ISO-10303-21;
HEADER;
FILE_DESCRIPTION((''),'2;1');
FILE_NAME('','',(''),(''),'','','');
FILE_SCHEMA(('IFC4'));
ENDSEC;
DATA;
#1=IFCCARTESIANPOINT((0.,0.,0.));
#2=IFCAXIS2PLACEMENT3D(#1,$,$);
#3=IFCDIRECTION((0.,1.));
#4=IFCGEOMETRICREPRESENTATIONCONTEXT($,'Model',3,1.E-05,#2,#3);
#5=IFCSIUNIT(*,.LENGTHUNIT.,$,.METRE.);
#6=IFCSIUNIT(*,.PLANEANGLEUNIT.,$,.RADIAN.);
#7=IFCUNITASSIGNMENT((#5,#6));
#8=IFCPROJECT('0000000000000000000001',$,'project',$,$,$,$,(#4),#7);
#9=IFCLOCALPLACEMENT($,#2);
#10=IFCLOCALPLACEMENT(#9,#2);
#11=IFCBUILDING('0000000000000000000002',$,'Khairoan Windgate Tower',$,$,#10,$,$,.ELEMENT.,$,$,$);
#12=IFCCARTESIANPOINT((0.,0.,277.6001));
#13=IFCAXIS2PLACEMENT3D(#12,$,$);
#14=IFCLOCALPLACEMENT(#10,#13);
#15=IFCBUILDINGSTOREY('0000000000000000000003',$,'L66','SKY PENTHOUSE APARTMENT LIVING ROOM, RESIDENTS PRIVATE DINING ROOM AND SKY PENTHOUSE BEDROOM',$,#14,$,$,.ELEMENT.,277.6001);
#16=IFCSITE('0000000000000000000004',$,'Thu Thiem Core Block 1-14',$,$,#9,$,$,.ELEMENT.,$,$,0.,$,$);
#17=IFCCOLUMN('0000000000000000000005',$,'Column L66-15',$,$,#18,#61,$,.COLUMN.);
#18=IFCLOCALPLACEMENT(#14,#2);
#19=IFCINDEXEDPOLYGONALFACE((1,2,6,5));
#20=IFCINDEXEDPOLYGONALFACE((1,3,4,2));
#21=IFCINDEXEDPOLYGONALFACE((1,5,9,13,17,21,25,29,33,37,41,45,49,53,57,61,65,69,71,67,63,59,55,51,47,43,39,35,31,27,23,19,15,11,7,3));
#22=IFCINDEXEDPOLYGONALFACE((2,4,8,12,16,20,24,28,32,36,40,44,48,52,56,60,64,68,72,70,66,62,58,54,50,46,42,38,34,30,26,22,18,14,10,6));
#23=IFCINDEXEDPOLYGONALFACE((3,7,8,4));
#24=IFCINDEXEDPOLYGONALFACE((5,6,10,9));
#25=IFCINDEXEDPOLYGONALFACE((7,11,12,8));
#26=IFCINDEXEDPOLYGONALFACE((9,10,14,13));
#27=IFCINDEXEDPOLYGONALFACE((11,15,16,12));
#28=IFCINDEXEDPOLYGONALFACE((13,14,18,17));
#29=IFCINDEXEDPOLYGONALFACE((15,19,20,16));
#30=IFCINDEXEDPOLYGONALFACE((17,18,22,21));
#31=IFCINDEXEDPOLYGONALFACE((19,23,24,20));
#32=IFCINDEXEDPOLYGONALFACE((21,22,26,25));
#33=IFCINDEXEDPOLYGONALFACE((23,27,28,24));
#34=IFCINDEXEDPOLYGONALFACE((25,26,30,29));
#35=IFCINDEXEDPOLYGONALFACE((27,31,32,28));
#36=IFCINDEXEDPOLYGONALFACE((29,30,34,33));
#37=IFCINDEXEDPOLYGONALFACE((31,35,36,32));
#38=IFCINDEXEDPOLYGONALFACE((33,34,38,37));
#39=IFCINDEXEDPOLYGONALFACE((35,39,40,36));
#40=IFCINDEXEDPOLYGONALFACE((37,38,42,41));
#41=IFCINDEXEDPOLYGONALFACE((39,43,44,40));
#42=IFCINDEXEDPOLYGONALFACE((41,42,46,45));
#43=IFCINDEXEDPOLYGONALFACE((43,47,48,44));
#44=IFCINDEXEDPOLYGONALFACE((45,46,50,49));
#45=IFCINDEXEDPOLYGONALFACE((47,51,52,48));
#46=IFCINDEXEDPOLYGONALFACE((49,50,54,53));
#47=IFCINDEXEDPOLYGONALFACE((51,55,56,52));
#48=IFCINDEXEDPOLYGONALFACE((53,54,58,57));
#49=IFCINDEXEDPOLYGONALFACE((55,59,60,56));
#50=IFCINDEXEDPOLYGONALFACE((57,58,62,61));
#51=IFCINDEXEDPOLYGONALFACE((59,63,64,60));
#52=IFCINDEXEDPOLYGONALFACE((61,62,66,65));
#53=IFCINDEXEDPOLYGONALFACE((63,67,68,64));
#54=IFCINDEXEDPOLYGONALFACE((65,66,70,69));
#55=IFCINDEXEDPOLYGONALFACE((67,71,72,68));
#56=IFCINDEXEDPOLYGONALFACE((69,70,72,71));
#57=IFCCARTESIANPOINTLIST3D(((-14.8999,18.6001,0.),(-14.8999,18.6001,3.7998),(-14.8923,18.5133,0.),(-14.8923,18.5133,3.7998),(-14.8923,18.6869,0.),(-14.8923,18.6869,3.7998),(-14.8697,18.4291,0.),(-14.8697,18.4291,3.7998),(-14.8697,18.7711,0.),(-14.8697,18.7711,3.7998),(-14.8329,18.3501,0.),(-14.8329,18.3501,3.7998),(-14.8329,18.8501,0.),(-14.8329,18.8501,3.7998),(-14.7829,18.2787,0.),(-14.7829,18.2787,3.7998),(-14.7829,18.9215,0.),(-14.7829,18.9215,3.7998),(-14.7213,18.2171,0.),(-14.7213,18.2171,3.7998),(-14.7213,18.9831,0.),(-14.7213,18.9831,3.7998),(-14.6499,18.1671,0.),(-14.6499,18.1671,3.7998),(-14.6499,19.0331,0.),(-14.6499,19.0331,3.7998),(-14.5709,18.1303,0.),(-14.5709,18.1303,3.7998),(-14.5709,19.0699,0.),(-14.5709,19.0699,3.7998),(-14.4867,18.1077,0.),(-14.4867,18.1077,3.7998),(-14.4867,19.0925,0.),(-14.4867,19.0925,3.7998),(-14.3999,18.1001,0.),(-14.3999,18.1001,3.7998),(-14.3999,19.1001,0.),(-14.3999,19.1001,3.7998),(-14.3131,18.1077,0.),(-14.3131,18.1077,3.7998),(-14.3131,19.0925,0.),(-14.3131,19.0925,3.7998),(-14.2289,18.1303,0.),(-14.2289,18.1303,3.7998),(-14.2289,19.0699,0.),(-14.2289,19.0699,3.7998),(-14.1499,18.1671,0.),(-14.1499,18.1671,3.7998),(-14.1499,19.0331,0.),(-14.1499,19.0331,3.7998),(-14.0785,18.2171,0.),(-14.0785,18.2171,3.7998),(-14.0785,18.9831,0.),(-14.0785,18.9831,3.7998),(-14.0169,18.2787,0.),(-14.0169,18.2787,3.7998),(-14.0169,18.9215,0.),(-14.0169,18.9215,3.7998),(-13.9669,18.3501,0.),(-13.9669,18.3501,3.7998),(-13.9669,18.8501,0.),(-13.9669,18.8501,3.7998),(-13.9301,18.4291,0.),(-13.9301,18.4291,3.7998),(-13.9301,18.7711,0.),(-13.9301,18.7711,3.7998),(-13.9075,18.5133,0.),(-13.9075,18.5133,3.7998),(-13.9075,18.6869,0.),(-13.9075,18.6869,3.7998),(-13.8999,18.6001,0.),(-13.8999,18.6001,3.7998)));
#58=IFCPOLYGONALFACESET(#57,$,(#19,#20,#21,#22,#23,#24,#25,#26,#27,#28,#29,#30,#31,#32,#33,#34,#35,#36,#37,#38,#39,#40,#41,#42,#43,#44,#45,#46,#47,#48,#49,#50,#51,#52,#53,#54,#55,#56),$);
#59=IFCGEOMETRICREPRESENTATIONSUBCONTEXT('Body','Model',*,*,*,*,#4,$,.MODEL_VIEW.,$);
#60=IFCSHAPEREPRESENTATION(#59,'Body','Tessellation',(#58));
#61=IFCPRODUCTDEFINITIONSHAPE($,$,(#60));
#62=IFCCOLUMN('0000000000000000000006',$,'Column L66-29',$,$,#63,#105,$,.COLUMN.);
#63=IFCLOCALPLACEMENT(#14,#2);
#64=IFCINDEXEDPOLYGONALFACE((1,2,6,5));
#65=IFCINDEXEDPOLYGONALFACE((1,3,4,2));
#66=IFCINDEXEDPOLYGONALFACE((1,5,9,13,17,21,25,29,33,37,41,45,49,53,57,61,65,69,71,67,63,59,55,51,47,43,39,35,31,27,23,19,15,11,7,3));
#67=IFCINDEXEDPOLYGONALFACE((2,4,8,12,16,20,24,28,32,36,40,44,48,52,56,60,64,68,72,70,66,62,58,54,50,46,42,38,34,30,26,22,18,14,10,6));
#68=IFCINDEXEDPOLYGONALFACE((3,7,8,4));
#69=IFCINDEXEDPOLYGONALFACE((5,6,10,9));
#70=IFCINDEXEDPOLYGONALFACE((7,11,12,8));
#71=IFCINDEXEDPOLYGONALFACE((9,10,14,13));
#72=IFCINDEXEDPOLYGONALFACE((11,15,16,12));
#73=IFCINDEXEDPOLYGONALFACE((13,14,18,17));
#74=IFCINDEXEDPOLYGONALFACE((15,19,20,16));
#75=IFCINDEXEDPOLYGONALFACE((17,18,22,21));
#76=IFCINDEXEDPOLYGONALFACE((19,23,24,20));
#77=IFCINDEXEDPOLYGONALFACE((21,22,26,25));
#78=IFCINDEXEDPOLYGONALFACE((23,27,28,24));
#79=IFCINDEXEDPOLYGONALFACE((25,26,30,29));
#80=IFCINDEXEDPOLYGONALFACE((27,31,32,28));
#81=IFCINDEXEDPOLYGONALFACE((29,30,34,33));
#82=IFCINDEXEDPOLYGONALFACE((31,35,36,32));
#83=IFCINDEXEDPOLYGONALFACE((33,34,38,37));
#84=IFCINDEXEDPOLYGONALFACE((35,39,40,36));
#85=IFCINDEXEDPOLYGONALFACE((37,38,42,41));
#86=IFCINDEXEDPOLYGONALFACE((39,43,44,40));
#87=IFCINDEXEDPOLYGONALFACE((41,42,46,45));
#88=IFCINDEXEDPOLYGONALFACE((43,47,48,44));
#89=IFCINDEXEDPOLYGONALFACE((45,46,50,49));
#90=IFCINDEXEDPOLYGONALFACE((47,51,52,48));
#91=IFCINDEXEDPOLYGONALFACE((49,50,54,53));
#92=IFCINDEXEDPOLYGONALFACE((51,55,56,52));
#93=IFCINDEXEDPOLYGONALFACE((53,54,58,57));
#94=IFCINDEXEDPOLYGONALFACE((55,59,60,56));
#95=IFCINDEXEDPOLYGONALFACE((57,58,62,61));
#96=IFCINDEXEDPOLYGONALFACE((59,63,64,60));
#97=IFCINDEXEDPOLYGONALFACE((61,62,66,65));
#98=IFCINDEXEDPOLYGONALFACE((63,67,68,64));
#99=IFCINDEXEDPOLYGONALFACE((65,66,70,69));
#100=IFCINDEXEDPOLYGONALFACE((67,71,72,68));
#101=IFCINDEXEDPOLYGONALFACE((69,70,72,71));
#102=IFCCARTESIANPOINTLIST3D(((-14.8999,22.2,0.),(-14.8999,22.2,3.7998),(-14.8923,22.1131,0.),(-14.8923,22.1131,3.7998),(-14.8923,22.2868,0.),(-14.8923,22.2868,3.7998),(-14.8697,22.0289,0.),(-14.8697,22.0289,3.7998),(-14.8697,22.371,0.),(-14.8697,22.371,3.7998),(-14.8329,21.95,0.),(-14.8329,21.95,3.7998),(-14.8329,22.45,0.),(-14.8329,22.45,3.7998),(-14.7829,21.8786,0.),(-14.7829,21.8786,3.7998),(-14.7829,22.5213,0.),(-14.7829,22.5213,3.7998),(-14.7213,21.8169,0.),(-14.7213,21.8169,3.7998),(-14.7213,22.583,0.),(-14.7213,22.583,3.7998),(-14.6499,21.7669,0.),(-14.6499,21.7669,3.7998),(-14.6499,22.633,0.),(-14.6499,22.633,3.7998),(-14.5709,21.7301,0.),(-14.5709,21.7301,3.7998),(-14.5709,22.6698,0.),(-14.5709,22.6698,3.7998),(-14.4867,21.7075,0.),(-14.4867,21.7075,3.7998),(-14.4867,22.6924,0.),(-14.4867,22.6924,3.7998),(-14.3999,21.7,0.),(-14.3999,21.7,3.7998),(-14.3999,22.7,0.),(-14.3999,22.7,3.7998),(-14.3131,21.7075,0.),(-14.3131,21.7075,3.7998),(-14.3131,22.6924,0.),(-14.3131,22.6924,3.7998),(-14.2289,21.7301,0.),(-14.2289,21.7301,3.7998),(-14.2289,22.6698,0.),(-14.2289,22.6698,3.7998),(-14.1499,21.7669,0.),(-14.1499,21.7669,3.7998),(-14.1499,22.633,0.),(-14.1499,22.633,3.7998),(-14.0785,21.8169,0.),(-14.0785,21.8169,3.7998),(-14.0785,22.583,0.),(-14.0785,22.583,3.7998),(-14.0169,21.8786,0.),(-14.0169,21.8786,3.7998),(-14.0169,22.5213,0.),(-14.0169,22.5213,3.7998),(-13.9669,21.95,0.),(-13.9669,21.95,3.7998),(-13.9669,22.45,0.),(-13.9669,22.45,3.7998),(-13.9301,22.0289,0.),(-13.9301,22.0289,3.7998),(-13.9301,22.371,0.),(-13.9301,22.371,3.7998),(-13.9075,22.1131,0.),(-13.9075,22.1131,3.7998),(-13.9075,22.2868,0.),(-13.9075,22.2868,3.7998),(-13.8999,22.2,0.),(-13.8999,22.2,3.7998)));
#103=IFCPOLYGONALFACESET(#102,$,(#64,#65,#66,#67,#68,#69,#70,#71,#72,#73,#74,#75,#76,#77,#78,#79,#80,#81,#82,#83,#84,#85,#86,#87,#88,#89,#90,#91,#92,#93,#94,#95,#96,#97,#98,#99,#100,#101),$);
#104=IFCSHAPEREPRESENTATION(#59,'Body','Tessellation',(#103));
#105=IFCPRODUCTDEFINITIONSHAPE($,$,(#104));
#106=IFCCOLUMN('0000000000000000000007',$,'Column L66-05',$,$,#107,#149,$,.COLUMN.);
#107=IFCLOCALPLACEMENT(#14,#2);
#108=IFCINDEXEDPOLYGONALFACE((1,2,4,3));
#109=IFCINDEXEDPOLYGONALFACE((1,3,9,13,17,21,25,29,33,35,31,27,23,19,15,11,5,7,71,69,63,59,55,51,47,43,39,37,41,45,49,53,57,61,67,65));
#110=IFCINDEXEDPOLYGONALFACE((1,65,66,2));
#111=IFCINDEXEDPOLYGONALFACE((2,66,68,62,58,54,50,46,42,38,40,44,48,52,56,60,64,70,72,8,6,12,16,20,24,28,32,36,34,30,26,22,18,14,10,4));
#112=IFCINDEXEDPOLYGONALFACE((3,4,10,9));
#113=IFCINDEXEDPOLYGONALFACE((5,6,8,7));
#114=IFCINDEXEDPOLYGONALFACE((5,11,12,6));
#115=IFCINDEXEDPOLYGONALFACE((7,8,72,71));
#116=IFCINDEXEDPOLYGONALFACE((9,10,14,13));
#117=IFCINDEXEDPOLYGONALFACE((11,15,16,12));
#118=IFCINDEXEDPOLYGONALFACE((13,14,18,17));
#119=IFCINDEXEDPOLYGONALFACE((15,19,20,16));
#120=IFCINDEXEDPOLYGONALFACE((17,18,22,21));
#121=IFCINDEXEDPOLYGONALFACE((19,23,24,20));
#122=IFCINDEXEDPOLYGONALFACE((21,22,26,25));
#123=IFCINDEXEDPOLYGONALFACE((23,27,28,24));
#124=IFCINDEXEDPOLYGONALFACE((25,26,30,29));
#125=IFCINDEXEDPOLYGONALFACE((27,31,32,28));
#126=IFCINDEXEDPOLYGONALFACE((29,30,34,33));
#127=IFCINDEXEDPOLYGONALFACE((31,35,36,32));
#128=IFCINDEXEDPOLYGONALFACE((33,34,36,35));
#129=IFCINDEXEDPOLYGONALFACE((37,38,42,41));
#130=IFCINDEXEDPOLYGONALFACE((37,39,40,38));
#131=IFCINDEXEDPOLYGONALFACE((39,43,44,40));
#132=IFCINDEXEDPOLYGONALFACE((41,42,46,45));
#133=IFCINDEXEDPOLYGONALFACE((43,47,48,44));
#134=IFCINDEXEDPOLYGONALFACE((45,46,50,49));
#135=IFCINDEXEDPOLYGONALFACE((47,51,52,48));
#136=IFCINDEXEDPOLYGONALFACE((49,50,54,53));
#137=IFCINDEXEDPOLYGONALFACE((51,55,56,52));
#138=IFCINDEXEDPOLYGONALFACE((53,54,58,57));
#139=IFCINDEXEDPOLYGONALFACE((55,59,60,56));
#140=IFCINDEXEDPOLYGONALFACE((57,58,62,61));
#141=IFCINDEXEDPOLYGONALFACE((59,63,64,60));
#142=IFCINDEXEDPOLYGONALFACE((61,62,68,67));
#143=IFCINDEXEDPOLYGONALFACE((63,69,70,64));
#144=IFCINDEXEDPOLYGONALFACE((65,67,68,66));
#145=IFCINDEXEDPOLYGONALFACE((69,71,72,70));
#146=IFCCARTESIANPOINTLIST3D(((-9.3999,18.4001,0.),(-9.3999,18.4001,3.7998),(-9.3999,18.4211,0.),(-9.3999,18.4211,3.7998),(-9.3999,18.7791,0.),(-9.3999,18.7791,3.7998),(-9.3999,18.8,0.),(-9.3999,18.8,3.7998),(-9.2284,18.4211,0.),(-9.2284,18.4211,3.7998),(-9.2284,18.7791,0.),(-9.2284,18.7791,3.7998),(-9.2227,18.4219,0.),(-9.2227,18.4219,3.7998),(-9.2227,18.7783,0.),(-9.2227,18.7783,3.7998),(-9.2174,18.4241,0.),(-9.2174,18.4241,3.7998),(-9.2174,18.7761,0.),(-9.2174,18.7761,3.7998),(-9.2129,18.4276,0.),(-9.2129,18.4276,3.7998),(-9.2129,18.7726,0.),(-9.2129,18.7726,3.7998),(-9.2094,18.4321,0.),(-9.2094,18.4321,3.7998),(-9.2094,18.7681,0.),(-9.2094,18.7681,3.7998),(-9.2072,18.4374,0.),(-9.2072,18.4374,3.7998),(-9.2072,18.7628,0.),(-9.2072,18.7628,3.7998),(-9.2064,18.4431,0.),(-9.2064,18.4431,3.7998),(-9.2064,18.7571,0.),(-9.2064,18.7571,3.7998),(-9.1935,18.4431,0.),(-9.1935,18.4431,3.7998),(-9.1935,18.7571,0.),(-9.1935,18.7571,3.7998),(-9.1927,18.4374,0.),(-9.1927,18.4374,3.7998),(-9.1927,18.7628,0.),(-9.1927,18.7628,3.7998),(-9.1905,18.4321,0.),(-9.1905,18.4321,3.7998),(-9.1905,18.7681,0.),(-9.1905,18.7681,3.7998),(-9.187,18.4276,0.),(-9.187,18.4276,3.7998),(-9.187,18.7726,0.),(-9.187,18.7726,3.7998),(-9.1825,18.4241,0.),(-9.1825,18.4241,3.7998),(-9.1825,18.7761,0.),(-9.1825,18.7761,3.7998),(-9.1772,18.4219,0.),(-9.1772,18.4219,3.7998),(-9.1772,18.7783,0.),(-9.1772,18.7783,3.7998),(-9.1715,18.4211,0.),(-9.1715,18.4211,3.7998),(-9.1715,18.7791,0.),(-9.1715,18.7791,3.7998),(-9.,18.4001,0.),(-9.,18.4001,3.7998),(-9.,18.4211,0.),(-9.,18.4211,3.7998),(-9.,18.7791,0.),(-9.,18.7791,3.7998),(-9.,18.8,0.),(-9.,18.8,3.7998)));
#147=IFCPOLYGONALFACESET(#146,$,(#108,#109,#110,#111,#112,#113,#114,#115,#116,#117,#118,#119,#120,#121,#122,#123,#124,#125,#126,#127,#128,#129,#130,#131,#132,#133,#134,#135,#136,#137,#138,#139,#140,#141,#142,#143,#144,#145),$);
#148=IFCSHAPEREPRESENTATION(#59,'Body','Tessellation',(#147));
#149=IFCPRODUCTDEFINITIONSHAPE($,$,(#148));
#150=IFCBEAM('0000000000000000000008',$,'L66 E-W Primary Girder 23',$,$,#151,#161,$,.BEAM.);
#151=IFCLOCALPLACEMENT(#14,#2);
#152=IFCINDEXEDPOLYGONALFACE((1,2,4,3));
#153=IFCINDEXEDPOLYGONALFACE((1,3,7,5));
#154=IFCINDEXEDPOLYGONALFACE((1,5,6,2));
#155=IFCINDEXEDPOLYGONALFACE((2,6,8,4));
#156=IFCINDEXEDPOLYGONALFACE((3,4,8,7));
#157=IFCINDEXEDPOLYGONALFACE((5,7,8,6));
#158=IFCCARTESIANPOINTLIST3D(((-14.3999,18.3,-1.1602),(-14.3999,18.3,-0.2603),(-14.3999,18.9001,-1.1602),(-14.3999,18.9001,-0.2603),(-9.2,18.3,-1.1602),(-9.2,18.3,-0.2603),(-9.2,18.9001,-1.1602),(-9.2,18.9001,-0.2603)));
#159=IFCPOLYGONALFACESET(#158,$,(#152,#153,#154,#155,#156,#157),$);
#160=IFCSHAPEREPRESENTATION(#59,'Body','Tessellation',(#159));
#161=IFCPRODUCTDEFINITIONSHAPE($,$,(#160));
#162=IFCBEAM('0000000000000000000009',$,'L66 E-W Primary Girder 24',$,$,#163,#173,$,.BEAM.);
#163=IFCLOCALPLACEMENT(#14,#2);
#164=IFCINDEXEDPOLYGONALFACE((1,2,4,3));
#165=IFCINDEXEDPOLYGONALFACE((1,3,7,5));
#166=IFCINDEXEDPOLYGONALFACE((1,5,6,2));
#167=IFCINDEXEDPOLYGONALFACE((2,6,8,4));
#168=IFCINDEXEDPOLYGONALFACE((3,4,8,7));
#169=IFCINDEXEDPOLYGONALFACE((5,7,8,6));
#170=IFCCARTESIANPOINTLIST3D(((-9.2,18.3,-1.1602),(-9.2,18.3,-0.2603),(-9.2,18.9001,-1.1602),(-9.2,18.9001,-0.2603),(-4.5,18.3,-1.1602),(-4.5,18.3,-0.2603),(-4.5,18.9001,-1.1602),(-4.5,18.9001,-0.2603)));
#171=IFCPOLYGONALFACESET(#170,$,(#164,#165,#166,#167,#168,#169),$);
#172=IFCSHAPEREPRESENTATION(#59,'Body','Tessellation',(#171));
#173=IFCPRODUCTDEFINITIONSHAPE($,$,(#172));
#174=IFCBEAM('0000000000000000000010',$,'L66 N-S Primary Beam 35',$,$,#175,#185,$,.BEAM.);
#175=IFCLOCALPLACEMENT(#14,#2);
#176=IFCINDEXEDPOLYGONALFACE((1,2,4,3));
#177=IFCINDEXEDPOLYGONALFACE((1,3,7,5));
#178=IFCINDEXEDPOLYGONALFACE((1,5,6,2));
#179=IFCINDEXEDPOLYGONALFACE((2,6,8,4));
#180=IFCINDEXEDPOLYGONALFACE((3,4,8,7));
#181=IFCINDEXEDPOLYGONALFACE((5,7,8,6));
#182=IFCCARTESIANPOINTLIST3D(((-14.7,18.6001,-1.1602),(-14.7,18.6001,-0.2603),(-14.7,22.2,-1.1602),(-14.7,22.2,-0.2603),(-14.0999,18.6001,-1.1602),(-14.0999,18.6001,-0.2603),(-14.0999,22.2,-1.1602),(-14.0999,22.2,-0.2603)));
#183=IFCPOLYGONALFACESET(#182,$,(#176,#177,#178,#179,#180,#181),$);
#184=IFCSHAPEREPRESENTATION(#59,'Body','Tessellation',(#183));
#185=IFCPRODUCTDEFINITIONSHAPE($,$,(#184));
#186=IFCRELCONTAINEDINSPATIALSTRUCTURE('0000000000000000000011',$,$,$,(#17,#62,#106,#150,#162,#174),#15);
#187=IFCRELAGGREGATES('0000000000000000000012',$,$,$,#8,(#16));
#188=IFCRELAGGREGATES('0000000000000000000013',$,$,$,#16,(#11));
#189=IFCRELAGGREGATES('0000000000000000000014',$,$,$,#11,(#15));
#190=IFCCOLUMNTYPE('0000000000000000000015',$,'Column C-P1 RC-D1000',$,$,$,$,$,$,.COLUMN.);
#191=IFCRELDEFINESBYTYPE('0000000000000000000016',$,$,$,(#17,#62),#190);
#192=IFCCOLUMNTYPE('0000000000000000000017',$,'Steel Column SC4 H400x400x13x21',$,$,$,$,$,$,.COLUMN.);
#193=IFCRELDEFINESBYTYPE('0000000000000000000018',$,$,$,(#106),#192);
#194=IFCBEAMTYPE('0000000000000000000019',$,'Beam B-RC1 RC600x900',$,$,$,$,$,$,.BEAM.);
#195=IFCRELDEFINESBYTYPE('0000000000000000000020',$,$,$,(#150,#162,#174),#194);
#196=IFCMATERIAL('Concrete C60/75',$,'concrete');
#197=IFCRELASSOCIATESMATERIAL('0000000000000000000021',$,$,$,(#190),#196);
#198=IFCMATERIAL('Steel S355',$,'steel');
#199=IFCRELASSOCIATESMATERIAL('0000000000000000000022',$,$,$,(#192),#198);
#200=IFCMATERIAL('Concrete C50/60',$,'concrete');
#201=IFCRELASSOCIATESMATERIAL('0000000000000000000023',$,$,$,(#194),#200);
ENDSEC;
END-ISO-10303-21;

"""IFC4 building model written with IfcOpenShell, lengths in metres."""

from ifc_helpers import new_model, si_unit, direction, frame, origin, origin_2d, place, context, subcontext, project, spatial, rectangle, circle, i_section, extrude, material, material_profile, profile_set, type_object, element, save


model = new_model("IFC4")

# Units and contexts
model_context = context("Model", 3, precision=1e-05, world=origin(), true_north=direction((0.0, 1.0)))
body_context = subcontext(model_context, "Body", "Model", "MODEL_VIEW")
ifc_project = project(units=[si_unit("LENGTHUNIT", "METRE"), si_unit("PLANEANGLEUNIT", "RADIAN")], contexts=[model_context])

# Site, building, storey
site_placement = place(None, origin())
site = spatial("IfcSite", under=ifc_project, at=site_placement, Name="Thu Thiem Core Block 1-14", CompositionType="ELEMENT", RefElevation=0.0)
building_placement = place(site_placement, origin())
building = spatial("IfcBuilding", under=site, at=building_placement, Name="Khairoan Windgate Tower", CompositionType="ELEMENT")
storey_placement = place(building_placement, frame((0.0, 0.0, 277.6001)))
storey = spatial("IfcBuildingStorey", under=building, at=storey_placement, Name="L66", Description="SKY PENTHOUSE APARTMENT LIVING ROOM, RESIDENTS PRIVATE DINING ROOM AND SKY PENTHOUSE BEDROOM", CompositionType="ELEMENT", Elevation=277.6001)

# Columns
ifc_material_1 = material(Name="Concrete C60/75", Category="concrete")
ifc_material_profile_1 = material_profile(ifc_material_1, circle(Radius=0.5, at=origin_2d()))
ifc_profile_set_1 = profile_set([ifc_material_profile_1], Name="Concrete C60/75")
column_type_1 = type_object("IfcColumnType", Name="Column C-P1 RC-D1000", PredefinedType="COLUMN", material=ifc_profile_set_1)
for number, where, z_axis, x_axis, name in (
    (1, (-14.3999, 18.6001, 0.0), (0.0, 0.0, 1.0), (1.0, 0.0, 0.0), "Column L66-15"),
    (2, (-14.3999, 22.2, 0.0), (0.0, 0.0, 1.0), (1.0, 0.0, 0.0), "Column L66-29"),
):
    element("IfcColumn", number, at=place(storey_placement, frame(where, z_axis=z_axis, x_axis=x_axis)), inside=storey, type_object=column_type_1, Name=name, PredefinedType="COLUMN", context=body_context, shape_type="SweptSolid", body=[
        extrude(circle(Radius=0.5, at=origin_2d()), origin(), (0.0, 0.0, 1.0), 3.7998),
    ])
ifc_material_2 = material(Name="Steel S355", Category="steel")
ifc_material_profile_2 = material_profile(ifc_material_2, i_section(OverallWidth=0.3999, OverallDepth=0.3999, WebThickness=0.0129, FlangeThickness=0.021, FilletRadius=0.022, at=origin_2d()))
ifc_profile_set_2 = profile_set([ifc_material_profile_2], Name="Steel S355")
column_type_2 = type_object("IfcColumnType", Name="Steel Column SC4 H400x400x13x21", PredefinedType="COLUMN", material=ifc_profile_set_2)
column_placement = place(storey_placement, frame((-9.2, 18.6001, 0.0), z_axis=(0.0, 0.0, 1.0), x_axis=(1.0, 0.0, 0.0)))
element("IfcColumn", 3, at=column_placement, inside=storey, type_object=column_type_2, Name="Column L66-05", PredefinedType="COLUMN", context=body_context, shape_type="SweptSolid", body=[
    extrude(i_section(OverallWidth=0.3999, OverallDepth=0.3999, WebThickness=0.0129, FlangeThickness=0.021, FilletRadius=0.022, at=origin_2d()), origin(), (0.0, 0.0, 1.0), 3.7998),
])

# Beams
ifc_material_3 = material(Name="Concrete C50/60", Category="concrete")
ifc_material_profile_3 = material_profile(ifc_material_3, rectangle(XDim=0.6001, YDim=0.8999, at=origin_2d()))
ifc_profile_set_3 = profile_set([ifc_material_profile_3], Name="Concrete C50/60")
beam_type = type_object("IfcBeamType", Name="Beam B-RC1 RC600x900", PredefinedType="BEAM", material=ifc_profile_set_3)
beam_1_placement = place(storey_placement, frame((-14.3999, 18.6001, -0.7102), z_axis=(1.0, 0.0, 0.0), x_axis=(0.0, 1.0, 0.0)))
element("IfcBeam", 4, at=beam_1_placement, inside=storey, type_object=beam_type, Name="L66 E-W Primary Girder 23", PredefinedType="BEAM", context=body_context, shape_type="SweptSolid", body=[
    extrude(rectangle(XDim=0.6001, YDim=0.8999, at=origin_2d()), origin(), (0.0, 0.0, 1.0), 5.2),
])
beam_2_placement = place(storey_placement, frame((-9.2, 18.6001, -0.7102), z_axis=(1.0, 0.0, 0.0), x_axis=(0.0, 1.0, 0.0)))
element("IfcBeam", 5, at=beam_2_placement, inside=storey, type_object=beam_type, Name="L66 E-W Primary Girder 24", PredefinedType="BEAM", context=body_context, shape_type="SweptSolid", body=[
    extrude(rectangle(XDim=0.6001, YDim=0.8999, at=origin_2d()), origin(), (0.0, 0.0, 1.0), 4.7),
])
beam_3_placement = place(storey_placement, frame((-14.3999, 18.6001, -0.7102), z_axis=(0.0, 1.0, 0.0), x_axis=(-1.0, 0.0, 0.0)))
element("IfcBeam", 6, at=beam_3_placement, inside=storey, type_object=beam_type, Name="L66 N-S Primary Beam 35", PredefinedType="BEAM", context=body_context, shape_type="SweptSolid", body=[
    extrude(rectangle(XDim=0.6001, YDim=0.8999, at=origin_2d()), origin(), (0.0, 0.0, 1.0), 3.5999),
])

save(model, "model.ifc")
